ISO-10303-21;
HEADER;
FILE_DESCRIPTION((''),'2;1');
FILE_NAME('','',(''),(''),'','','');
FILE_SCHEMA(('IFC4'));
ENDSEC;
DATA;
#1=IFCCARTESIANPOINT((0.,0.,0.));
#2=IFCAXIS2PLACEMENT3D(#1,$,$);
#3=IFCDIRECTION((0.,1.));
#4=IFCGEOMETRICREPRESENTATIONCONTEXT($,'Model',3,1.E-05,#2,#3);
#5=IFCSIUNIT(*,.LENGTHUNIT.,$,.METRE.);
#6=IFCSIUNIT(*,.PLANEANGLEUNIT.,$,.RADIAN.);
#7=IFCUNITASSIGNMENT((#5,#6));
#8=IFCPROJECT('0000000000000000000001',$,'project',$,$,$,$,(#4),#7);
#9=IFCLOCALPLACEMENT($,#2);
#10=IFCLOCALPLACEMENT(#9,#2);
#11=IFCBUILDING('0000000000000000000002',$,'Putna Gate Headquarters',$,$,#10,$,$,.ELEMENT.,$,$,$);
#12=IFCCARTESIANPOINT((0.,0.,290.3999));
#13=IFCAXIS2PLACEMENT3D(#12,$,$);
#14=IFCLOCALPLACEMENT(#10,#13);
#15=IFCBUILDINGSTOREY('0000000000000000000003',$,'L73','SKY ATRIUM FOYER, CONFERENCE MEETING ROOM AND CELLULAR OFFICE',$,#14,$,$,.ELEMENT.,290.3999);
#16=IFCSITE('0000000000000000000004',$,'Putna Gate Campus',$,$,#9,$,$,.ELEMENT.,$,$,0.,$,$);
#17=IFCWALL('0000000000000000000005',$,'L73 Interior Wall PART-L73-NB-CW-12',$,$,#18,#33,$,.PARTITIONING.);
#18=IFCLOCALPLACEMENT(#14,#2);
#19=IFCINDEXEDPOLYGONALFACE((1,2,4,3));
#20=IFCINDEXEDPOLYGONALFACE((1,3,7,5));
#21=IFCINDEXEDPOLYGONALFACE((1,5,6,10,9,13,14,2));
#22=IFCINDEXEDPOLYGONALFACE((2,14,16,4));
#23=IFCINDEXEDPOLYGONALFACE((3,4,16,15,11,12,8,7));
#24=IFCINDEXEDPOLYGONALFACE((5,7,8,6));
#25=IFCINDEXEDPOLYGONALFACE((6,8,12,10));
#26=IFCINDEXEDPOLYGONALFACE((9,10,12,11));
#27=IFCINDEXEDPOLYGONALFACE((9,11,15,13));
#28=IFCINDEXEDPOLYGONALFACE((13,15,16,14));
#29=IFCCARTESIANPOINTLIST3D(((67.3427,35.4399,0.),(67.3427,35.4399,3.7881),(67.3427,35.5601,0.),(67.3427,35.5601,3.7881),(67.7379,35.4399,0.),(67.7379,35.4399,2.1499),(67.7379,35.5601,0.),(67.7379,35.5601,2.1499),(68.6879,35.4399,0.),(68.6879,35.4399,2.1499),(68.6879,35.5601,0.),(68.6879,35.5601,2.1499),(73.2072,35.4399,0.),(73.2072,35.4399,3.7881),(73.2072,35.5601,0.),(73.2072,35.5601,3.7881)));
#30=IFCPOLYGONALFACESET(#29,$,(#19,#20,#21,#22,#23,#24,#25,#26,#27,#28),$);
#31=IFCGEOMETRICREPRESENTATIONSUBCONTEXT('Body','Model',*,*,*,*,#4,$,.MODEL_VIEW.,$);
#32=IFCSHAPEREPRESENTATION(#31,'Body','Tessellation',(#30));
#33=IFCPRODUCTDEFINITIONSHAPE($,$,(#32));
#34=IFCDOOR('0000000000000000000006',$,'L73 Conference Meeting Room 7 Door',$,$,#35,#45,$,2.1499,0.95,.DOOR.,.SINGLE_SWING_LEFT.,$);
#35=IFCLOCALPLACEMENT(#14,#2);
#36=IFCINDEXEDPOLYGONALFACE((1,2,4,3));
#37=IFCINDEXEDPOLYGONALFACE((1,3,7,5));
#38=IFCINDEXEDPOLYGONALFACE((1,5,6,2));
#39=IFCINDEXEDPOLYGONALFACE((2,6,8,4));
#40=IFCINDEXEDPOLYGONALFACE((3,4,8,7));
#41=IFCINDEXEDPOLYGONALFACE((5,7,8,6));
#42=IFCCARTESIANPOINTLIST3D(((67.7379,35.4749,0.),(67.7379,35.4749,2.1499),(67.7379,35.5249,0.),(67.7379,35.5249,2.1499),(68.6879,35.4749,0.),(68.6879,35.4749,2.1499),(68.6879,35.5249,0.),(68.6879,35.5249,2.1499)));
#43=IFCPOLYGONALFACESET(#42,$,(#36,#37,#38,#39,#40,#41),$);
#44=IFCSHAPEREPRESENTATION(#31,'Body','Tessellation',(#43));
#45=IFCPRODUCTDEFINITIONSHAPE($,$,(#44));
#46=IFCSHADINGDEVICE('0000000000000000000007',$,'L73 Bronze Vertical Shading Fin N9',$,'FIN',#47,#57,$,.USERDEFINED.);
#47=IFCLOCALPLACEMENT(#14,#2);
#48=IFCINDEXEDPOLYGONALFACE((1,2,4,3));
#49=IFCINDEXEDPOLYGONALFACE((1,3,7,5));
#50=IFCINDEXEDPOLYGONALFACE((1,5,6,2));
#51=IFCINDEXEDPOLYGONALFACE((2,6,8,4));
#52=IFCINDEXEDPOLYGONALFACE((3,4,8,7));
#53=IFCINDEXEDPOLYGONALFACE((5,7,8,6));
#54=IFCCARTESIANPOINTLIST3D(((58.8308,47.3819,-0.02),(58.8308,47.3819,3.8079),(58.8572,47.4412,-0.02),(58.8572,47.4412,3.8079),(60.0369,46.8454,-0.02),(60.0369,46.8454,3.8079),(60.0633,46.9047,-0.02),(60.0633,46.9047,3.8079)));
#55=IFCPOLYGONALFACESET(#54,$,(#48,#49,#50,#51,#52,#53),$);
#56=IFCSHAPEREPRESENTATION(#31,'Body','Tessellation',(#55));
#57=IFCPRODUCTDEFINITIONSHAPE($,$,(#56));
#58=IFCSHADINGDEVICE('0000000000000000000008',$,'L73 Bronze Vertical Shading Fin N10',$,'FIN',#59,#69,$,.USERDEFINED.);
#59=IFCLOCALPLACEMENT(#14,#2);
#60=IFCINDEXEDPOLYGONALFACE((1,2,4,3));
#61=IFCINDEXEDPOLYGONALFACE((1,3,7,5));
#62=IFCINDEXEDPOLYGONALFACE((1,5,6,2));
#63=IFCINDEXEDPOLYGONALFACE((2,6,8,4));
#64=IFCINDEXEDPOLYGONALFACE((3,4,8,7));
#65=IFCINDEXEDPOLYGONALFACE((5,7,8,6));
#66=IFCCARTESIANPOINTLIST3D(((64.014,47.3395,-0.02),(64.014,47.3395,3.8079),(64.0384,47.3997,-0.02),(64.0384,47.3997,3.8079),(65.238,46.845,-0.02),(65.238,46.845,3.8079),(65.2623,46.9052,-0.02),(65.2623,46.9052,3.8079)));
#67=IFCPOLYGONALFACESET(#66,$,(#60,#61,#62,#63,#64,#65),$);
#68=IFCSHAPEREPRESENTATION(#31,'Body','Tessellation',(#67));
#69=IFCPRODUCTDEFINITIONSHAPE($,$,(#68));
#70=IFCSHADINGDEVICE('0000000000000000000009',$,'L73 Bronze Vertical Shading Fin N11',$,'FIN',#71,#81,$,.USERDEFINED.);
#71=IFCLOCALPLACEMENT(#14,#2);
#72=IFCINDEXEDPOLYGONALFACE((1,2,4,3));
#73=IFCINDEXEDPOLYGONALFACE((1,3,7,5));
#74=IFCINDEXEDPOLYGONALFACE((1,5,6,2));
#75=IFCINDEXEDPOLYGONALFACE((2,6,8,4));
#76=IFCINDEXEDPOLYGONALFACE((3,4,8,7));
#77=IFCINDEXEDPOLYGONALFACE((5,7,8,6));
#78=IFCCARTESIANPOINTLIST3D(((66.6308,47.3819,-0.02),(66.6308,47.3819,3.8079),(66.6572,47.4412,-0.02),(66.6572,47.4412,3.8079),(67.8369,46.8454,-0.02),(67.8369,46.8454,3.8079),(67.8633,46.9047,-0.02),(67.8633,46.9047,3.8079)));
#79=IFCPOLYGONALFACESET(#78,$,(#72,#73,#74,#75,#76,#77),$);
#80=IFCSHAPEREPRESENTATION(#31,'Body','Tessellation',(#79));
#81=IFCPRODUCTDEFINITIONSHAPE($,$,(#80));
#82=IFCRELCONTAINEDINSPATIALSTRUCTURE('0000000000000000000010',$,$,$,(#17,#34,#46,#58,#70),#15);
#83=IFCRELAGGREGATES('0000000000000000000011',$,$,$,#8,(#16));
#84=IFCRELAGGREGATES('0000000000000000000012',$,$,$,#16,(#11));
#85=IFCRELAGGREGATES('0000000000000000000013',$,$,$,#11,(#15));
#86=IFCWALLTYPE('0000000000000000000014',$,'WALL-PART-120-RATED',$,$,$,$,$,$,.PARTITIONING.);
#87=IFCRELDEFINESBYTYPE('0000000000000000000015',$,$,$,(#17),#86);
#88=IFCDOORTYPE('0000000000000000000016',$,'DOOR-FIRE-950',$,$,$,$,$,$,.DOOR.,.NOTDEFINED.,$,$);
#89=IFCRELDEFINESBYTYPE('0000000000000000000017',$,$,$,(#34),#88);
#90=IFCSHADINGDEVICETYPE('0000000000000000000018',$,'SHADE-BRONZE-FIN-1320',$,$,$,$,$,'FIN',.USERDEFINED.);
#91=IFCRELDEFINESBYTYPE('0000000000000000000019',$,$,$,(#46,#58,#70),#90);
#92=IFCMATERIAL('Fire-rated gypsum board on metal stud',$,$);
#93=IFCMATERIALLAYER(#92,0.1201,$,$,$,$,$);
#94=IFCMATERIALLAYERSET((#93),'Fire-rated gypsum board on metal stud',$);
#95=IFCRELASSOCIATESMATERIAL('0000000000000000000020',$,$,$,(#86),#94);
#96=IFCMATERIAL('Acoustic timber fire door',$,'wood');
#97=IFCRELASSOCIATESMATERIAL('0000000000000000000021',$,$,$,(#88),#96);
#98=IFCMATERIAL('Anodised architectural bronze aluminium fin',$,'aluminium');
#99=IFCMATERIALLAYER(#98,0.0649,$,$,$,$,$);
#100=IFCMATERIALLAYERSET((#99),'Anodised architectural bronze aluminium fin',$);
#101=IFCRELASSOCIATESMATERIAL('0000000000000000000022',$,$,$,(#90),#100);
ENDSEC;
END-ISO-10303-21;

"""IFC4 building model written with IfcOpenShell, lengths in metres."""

from ifc_helpers import new_model, si_unit, direction, frame, frame_2d, origin, origin_2d, place, context, subcontext, project, spatial, rectangle, extrude, material, layer, layer_set, type_object, element, fill, save


model = new_model("IFC4")

# Units and contexts
model_context = context("Model", 3, precision=1e-05, world=origin(), true_north=direction((0.0, 1.0)))
body_context = subcontext(model_context, "Body", "Model", "MODEL_VIEW")
ifc_project = project(units=[si_unit("LENGTHUNIT", "METRE"), si_unit("PLANEANGLEUNIT", "RADIAN")], contexts=[model_context])

# Site, building, storey
site_placement = place(None, origin())
site = spatial("IfcSite", under=ifc_project, at=site_placement, Name="Putna Gate Campus", CompositionType="ELEMENT", RefElevation=0.0)
building_placement = place(site_placement, origin())
building = spatial("IfcBuilding", under=site, at=building_placement, Name="Putna Gate Headquarters", CompositionType="ELEMENT")
storey_placement = place(building_placement, frame((0.0, 0.0, 290.3999)))
storey = spatial("IfcBuildingStorey", under=building, at=storey_placement, Name="L73", Description="SKY ATRIUM FOYER, CONFERENCE MEETING ROOM AND CELLULAR OFFICE", CompositionType="ELEMENT", Elevation=290.3999)

# Wall, opening, door
ifc_material_1 = material(Name="Fire-rated gypsum board on metal stud")
ifc_layer_1 = layer(ifc_material_1, 0.1201)
ifc_layer_set_1 = layer_set([ifc_layer_1], Name="Fire-rated gypsum board on metal stud")
wall_type_1 = type_object("IfcWallType", Name="WALL-PART-120-RATED", PredefinedType="PARTITIONING", material=ifc_layer_set_1)
ifc_material_2 = material(Name="Acoustic timber fire door", Category="wood")
door_type = type_object("IfcDoorType", Name="DOOR-FIRE-950", OperationType="NOTDEFINED", PredefinedType="DOOR", material=ifc_material_2)
wall_1_placement = place(storey_placement, frame((67.3428, 35.5, 0.0), z_axis=(0.0, 0.0, 1.0), x_axis=(1.0, 0.0, 0.0)))
wall_1 = element("IfcWall", 1, at=wall_1_placement, inside=storey, type_object=wall_type_1, Name="L73 Interior Wall PART-L73-NB-CW-12", PredefinedType="PARTITIONING", context=body_context, shape_type="SweptSolid", body=[
    extrude(rectangle(XDim=5.8645, YDim=0.1201, at=frame_2d((2.9321, 0.0))), origin(), (0.0, 0.0, 1.0), 3.7881),
])
opening_1_placement = place(wall_1_placement, frame((0.395, 0.0, 0.0)))
opening_1 = element("IfcOpeningElement", 2, at=opening_1_placement, cuts=wall_1, PredefinedType="OPENING", context=body_context, shape_type="SweptSolid", body=[
    extrude(rectangle(XDim=0.95, YDim=2.1499, at=frame_2d((0.4751, 1.075))), frame((0.0, 0.0701, 0.0), z_axis=(0.0, -1.0, 0.0), x_axis=(1.0, 0.0, 0.0)), (0.0, 0.0, 1.0), 0.1401),
])
door_1_placement = place(opening_1_placement, origin())
door_1 = element("IfcDoor", 3, at=door_1_placement, inside=storey, type_object=door_type, Name="L73 Conference Meeting Room 7 Door", OperationType="SINGLE_SWING_LEFT", OverallHeight=2.1499, OverallWidth=0.95, PredefinedType="DOOR", context=body_context, shape_type="SweptSolid", body=[
    extrude(rectangle(XDim=0.95, YDim=2.1499, at=frame_2d((0.4751, 1.075))), frame((0.0, 0.0249, 0.0), z_axis=(0.0, -1.0, 0.0), x_axis=(1.0, 0.0, 0.0)), (0.0, 0.0, 1.0), 0.05),
])
fill(opening_1, door_1)

# Shading devices
ifc_material_3 = material(Name="Anodised architectural bronze aluminium fin", Category="aluminium")
ifc_layer_2 = layer(ifc_material_3, 0.0649)
ifc_layer_set_2 = layer_set([ifc_layer_2], Name="Anodised architectural bronze aluminium fin")
shading_device_type = type_object("IfcShadingDeviceType", Name="SHADE-BRONZE-FIN-1320", ElementType="FIN", PredefinedType="USERDEFINED", material=ifc_layer_set_2)
for number, where, z_axis, x_axis, name in (
    (4, (59.447, 47.1433, -0.02), (0.0, 0.0, 1.0), (-0.913687, 0.406418, 0.0), "L73 Bronze Vertical Shading Fin N9"),
    (5, (64.6382, 47.1223, -0.02), (0.0, 0.0, 1.0), (-0.927184, 0.374607, 0.0), "L73 Bronze Vertical Shading Fin N10"),
    (6, (67.2471, 47.1433, -0.02), (0.0, 0.0, 1.0), (-0.913687, 0.406418, 0.0), "L73 Bronze Vertical Shading Fin N11"),
):
    element("IfcShadingDevice", number, at=place(storey_placement, frame(where, z_axis=z_axis, x_axis=x_axis)), inside=storey, type_object=shading_device_type, Name=name, ObjectType="FIN", PredefinedType="USERDEFINED", context=body_context, shape_type="SweptSolid", body=[
        extrude(rectangle(XDim=1.3201, YDim=0.0649, at=origin_2d()), origin(), (0.0, 0.0, 1.0), 3.8279),
    ])

save(model, "model.ifc")
